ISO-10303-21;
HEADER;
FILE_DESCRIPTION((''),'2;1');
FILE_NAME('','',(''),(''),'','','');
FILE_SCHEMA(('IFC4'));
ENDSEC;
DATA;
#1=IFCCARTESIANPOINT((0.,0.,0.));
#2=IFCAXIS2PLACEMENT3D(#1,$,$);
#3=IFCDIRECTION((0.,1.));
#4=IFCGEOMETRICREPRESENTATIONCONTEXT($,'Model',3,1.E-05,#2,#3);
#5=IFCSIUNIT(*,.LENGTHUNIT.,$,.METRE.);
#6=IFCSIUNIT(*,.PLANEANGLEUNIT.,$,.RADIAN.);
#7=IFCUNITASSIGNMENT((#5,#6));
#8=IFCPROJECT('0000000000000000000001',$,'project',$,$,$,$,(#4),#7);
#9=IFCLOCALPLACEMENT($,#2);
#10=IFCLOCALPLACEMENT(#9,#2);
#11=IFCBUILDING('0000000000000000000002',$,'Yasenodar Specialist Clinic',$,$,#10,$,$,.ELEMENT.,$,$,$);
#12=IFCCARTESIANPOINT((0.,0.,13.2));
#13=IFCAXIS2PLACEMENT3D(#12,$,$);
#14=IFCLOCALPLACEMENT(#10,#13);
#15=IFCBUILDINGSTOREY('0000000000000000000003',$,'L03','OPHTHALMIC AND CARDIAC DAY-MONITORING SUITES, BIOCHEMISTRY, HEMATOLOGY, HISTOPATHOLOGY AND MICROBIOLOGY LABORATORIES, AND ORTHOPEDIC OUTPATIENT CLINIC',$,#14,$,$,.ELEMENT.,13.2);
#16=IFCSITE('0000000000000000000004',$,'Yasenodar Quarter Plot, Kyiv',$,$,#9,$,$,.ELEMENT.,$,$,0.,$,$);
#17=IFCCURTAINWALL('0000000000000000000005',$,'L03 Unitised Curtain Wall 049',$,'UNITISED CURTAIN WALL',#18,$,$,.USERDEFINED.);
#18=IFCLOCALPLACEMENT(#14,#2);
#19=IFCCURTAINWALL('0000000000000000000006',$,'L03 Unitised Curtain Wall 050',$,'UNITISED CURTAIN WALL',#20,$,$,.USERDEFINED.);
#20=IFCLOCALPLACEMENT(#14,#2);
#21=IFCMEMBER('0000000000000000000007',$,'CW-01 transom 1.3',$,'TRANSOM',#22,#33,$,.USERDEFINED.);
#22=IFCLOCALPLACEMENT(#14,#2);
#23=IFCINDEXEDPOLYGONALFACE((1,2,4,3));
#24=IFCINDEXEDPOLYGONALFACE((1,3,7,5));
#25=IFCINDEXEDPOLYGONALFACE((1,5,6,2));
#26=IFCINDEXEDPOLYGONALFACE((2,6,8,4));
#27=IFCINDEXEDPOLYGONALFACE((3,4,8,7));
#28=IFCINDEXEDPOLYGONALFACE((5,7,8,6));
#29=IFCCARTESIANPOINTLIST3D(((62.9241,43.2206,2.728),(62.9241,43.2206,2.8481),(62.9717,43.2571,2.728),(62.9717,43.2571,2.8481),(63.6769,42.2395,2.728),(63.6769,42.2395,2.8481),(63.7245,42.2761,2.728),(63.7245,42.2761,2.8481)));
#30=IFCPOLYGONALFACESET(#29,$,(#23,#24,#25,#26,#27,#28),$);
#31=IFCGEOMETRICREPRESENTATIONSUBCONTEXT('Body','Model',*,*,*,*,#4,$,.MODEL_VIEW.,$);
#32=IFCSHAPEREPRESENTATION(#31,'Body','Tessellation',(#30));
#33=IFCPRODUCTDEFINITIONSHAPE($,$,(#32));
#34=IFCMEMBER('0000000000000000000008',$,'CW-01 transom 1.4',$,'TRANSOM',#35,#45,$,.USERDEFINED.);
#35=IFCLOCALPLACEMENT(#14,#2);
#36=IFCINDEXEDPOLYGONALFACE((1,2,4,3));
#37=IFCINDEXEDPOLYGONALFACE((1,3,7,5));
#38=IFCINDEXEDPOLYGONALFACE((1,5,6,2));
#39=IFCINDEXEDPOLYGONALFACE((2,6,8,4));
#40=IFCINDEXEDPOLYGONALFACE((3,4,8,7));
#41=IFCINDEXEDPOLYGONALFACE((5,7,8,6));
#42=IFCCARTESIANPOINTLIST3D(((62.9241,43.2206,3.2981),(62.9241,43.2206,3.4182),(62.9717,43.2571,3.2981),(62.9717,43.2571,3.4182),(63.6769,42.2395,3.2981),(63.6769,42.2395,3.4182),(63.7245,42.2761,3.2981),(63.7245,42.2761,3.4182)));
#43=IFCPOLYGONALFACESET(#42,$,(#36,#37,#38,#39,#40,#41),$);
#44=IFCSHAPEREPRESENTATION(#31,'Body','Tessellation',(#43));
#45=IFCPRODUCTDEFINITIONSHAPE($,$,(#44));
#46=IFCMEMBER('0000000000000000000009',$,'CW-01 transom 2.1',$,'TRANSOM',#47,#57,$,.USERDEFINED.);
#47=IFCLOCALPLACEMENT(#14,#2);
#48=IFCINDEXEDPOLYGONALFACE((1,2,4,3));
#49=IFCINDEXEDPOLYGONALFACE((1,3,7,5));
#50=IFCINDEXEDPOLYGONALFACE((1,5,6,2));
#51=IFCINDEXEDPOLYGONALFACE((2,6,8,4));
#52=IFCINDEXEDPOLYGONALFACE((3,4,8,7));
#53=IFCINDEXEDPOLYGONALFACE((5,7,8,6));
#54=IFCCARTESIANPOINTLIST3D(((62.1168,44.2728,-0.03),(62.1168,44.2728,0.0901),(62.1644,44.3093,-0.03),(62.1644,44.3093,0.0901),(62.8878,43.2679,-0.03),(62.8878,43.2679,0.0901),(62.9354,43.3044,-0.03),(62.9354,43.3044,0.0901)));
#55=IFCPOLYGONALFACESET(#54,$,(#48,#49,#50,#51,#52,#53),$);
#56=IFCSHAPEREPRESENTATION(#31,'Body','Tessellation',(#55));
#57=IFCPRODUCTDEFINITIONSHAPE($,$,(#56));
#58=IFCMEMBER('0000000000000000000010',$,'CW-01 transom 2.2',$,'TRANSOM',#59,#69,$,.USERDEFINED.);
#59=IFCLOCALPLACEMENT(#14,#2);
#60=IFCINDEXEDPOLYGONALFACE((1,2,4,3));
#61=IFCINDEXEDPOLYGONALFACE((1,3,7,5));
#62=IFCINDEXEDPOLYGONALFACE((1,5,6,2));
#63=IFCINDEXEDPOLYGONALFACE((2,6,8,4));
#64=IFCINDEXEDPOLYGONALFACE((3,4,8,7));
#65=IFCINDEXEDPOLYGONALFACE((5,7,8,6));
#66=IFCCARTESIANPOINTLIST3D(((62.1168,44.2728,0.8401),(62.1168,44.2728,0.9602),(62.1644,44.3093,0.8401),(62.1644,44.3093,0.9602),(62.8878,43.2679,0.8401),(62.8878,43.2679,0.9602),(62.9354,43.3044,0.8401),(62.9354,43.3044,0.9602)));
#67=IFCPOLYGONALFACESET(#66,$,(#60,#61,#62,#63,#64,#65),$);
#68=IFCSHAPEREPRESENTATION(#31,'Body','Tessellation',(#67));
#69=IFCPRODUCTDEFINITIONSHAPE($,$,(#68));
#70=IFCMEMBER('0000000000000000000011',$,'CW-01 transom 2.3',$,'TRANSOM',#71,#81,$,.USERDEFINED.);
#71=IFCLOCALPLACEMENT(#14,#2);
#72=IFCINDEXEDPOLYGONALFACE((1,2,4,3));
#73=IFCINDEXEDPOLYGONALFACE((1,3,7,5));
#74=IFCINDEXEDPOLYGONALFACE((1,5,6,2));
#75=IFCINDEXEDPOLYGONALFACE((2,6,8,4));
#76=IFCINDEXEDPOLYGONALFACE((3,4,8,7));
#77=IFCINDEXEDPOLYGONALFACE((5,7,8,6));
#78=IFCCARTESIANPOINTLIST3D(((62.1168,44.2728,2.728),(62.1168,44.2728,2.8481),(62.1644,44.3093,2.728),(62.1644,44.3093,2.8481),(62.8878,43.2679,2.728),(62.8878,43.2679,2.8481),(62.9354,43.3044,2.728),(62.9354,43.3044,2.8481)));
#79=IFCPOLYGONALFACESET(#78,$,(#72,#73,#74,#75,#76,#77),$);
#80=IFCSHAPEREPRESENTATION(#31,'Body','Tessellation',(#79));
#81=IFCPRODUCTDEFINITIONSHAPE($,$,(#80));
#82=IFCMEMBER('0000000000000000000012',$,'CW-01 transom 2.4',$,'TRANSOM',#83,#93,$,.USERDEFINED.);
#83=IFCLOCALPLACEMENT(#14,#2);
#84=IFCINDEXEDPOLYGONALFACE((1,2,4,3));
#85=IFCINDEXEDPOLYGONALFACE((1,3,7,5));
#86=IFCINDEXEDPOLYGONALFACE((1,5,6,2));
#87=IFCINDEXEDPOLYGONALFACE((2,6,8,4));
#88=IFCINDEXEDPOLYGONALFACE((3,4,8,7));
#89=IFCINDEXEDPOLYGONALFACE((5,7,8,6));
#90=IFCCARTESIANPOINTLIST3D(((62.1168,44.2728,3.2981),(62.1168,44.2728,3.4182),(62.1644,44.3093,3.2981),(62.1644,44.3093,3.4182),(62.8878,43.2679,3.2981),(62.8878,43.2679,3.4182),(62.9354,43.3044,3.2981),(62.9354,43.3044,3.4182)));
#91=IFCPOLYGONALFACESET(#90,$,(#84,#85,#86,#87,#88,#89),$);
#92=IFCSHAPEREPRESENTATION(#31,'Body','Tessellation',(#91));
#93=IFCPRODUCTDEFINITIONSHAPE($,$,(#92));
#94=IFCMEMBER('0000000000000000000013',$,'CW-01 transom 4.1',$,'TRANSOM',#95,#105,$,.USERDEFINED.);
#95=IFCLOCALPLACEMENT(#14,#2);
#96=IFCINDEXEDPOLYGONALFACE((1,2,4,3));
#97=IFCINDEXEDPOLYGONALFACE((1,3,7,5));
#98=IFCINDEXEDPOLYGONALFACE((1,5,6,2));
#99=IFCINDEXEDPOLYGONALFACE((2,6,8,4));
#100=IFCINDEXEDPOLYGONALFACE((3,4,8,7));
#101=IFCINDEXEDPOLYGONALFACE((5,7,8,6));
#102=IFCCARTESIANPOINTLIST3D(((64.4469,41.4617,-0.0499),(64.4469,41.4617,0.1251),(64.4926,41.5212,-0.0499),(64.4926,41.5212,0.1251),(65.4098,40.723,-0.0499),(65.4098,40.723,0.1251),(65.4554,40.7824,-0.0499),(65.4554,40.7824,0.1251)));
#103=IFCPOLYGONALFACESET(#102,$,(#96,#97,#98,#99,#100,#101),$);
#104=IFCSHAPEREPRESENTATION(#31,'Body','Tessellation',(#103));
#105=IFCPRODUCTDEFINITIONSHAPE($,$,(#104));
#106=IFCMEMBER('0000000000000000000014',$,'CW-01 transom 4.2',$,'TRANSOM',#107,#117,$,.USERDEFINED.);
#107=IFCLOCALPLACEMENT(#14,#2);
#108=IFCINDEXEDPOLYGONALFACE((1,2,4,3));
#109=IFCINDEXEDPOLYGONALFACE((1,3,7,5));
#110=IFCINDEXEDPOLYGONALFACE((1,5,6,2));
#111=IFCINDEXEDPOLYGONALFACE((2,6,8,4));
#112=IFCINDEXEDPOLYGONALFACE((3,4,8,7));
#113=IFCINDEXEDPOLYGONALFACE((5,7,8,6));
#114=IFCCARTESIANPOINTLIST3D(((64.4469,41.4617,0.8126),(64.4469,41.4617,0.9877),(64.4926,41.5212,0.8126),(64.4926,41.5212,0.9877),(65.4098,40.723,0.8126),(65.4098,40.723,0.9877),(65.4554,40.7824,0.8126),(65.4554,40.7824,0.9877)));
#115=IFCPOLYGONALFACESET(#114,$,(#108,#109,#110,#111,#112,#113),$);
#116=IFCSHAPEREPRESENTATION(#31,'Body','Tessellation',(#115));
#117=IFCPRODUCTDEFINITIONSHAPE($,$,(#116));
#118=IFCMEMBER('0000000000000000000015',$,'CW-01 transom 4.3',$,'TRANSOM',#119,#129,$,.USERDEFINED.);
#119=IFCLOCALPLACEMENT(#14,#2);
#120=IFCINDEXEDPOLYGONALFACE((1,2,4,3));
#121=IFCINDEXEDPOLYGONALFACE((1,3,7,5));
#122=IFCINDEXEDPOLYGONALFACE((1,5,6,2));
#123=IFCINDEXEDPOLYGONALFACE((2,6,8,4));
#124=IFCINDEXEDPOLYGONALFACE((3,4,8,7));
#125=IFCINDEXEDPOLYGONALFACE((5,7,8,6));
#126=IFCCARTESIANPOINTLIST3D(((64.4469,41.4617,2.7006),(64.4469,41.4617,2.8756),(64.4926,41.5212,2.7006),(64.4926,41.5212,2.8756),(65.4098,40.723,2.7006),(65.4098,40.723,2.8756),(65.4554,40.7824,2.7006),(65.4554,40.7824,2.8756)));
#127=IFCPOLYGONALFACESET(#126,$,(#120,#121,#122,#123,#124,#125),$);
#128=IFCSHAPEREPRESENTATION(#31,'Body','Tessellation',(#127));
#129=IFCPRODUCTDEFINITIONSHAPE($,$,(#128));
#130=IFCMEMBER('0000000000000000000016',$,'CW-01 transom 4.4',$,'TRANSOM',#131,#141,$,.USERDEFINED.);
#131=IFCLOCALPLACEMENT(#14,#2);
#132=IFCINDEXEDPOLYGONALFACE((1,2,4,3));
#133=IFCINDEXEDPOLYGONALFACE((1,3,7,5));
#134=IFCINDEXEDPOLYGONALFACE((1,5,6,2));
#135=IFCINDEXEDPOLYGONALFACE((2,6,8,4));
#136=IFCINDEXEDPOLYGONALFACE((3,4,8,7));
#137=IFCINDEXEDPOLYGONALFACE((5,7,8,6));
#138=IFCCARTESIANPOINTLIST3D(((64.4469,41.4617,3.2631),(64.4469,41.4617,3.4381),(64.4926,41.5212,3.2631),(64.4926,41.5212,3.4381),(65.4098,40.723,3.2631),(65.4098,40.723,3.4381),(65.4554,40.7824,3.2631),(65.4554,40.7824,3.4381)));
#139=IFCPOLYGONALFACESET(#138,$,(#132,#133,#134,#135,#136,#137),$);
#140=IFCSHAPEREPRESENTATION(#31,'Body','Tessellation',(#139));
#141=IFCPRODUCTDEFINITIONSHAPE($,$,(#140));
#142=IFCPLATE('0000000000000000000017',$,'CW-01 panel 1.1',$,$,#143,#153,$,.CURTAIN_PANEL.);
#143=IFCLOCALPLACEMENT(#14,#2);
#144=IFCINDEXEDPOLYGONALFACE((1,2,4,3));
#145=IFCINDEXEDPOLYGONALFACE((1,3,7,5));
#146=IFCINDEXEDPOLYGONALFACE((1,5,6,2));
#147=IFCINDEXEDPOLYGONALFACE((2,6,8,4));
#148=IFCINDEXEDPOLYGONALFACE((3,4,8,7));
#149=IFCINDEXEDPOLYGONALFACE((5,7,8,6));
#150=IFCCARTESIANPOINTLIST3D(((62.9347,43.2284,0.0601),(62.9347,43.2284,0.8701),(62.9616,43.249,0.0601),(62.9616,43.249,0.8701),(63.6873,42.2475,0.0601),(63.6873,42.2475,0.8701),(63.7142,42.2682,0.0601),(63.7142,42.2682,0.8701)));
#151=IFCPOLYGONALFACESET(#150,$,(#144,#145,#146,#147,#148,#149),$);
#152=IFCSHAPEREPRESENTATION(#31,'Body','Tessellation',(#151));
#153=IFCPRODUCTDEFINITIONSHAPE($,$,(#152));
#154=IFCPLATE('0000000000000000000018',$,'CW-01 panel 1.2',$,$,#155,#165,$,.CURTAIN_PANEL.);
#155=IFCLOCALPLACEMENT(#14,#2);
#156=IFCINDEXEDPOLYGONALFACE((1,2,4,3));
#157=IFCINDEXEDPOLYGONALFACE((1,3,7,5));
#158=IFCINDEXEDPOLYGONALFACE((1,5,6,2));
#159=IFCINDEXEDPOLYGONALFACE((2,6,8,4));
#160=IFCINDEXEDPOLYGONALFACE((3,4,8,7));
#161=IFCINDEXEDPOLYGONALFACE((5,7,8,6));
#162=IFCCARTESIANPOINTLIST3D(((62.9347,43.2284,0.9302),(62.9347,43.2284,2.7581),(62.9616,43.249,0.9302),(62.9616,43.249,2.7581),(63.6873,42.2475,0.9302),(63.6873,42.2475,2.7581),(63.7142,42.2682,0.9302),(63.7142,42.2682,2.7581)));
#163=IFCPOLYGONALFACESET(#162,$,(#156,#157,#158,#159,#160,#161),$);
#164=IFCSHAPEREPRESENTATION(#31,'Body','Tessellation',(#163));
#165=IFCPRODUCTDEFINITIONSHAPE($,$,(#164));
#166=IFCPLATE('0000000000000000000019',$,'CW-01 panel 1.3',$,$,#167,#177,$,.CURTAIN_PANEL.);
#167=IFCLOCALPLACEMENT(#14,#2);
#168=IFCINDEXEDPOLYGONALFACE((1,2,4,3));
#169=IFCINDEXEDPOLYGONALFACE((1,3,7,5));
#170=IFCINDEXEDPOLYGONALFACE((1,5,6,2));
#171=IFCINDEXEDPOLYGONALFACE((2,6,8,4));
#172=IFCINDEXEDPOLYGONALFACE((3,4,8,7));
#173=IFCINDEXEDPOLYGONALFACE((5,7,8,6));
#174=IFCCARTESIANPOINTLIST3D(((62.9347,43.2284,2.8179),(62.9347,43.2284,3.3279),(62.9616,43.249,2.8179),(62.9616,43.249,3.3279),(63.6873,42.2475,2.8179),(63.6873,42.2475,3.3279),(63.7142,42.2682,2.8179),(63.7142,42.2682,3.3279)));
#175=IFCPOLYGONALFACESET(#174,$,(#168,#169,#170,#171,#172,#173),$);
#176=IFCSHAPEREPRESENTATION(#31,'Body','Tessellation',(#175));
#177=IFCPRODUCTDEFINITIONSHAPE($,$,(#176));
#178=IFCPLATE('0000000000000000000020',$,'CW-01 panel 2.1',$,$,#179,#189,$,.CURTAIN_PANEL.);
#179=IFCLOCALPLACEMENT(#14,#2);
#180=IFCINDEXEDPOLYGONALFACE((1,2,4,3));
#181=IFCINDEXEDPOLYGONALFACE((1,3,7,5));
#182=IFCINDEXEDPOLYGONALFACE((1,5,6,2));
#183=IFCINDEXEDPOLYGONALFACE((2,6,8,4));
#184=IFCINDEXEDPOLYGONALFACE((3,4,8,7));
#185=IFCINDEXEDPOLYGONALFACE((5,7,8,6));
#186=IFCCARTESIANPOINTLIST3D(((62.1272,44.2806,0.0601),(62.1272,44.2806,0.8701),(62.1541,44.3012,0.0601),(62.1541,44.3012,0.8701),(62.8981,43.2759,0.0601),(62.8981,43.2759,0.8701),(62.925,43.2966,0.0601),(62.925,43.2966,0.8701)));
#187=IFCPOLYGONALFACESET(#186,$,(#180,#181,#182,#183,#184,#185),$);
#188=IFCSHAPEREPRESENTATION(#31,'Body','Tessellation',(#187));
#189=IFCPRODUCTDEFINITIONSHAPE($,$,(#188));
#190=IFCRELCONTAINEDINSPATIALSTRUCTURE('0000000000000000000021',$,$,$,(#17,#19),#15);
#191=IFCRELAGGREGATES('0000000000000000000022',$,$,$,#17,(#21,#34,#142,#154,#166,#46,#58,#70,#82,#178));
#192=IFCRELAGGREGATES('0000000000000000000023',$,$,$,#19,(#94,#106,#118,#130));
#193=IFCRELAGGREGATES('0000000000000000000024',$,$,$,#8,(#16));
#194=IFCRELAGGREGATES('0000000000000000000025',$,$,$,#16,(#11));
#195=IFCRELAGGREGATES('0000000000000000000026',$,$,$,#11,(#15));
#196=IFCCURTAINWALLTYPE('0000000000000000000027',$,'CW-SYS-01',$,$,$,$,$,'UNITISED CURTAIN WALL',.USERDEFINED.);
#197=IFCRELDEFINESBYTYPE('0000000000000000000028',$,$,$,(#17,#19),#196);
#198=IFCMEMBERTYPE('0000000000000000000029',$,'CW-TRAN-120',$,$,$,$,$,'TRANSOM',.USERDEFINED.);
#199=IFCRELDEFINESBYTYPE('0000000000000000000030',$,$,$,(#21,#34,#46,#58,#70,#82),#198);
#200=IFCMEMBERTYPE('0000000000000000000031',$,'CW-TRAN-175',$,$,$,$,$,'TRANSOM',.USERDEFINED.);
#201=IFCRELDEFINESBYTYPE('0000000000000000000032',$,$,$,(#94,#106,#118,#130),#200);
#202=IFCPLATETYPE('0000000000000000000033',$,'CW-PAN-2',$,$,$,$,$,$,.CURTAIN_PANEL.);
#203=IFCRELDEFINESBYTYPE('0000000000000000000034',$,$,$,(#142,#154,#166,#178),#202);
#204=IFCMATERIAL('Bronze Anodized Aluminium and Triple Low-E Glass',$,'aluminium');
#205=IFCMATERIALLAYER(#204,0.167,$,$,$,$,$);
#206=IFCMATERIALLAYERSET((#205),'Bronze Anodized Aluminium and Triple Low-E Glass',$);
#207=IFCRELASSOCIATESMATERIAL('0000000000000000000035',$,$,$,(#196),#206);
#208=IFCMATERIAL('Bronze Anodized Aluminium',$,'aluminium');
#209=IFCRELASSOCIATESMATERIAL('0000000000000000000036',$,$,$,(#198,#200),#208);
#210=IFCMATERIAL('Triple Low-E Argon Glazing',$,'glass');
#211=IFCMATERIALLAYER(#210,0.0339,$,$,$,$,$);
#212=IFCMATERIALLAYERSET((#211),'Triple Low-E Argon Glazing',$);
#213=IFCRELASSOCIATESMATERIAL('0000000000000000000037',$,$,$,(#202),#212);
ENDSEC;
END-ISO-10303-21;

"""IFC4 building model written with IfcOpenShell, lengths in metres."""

from ifc_helpers import new_model, si_unit, direction, frame, origin, origin_2d, place, context, subcontext, project, spatial, rectangle, extrude, material, layer, layer_set, material_profile, profile_set, type_object, element, aggregate, save


model = new_model("IFC4")

# Units and contexts
model_context = context("Model", 3, precision=1e-05, world=origin(), true_north=direction((0.0, 1.0)))
body_context = subcontext(model_context, "Body", "Model", "MODEL_VIEW")
ifc_project = project(units=[si_unit("LENGTHUNIT", "METRE"), si_unit("PLANEANGLEUNIT", "RADIAN")], contexts=[model_context])

# Site, building, storey
site_placement = place(None, origin())
site = spatial("IfcSite", under=ifc_project, at=site_placement, Name="Yasenodar Quarter Plot, Kyiv", CompositionType="ELEMENT", RefElevation=0.0)
building_placement = place(site_placement, origin())
building = spatial("IfcBuilding", under=site, at=building_placement, Name="Yasenodar Specialist Clinic", CompositionType="ELEMENT")
storey_placement = place(building_placement, frame((0.0, 0.0, 13.2)))
storey = spatial("IfcBuildingStorey", under=building, at=storey_placement, Name="L03", Description="OPHTHALMIC AND CARDIAC DAY-MONITORING SUITES, BIOCHEMISTRY, HEMATOLOGY, HISTOPATHOLOGY AND MICROBIOLOGY LABORATORIES, AND ORTHOPEDIC OUTPATIENT CLINIC", CompositionType="ELEMENT", Elevation=13.2)

# Curtain walls
ifc_material_1 = material(Name="Bronze Anodized Aluminium and Triple Low-E Glass", Category="aluminium")
ifc_layer_1 = layer(ifc_material_1, 0.167)
ifc_layer_set_1 = layer_set([ifc_layer_1], Name="Bronze Anodized Aluminium and Triple Low-E Glass")
curtain_wall_type = type_object("IfcCurtainWallType", Name="CW-SYS-01", ElementType="UNITISED CURTAIN WALL", PredefinedType="USERDEFINED", material=ifc_layer_set_1)
curtain_wall_1_placement = place(storey_placement, origin())
curtain_wall_1 = element("IfcCurtainWall", 1, at=curtain_wall_1_placement, inside=storey, type_object=curtain_wall_type, Name="L03 Unitised Curtain Wall 049", ObjectType="UNITISED CURTAIN WALL", PredefinedType="USERDEFINED")
ifc_material_2 = material(Name="Bronze Anodized Aluminium", Category="aluminium")
curtain_wall_2_placement = place(storey_placement, origin())
curtain_wall_2 = element("IfcCurtainWall", 2, at=curtain_wall_2_placement, inside=storey, type_object=curtain_wall_type, Name="L03 Unitised Curtain Wall 050", ObjectType="UNITISED CURTAIN WALL", PredefinedType="USERDEFINED")

# Members
ifc_material_profile_1 = material_profile(ifc_material_2, rectangle(XDim=0.0601, YDim=0.1201, at=origin_2d()), Name="CW-TRAN 60x120")
ifc_profile_set_1 = profile_set([ifc_material_profile_1], Name="Bronze Anodized Aluminium")
member_type_1 = type_object("IfcMemberType", Name="CW-TRAN-120", ElementType="TRANSOM", PredefinedType="USERDEFINED", material=ifc_profile_set_1)
member_1_placement = place(storey_placement, frame((63.7007, 42.2578, 2.7881), z_axis=(-0.608747, 0.793365, 0.0), x_axis=(-0.793365, -0.608747, 0.0)))
member_1 = element("IfcMember", 3, at=member_1_placement, type_object=member_type_1, Name="CW-01 transom 1.3", ObjectType="TRANSOM", PredefinedType="USERDEFINED", context=body_context, shape_type="SweptSolid", body=[
    extrude(rectangle(XDim=0.0601, YDim=0.1201, at=origin_2d()), origin(), (0.0, 0.0, 1.0), 1.2366),
])
member_2_placement = place(storey_placement, frame((63.7007, 42.2578, 3.3582), z_axis=(-0.608747, 0.793365, 0.0), x_axis=(-0.793365, -0.608747, 0.0)))
member_2 = element("IfcMember", 4, at=member_2_placement, type_object=member_type_1, Name="CW-01 transom 1.4", ObjectType="TRANSOM", PredefinedType="USERDEFINED", context=body_context, shape_type="SweptSolid", body=[
    extrude(rectangle(XDim=0.0601, YDim=0.1201, at=origin_2d()), origin(), (0.0, 0.0, 1.0), 1.2366),
])
member_3_placement = place(storey_placement, frame((62.9116, 43.2861, 0.03), z_axis=(-0.608723, 0.793383, 0.0), x_axis=(-0.793383, -0.608723, 0.0)))
member_3 = element("IfcMember", 5, at=member_3_placement, type_object=member_type_1, Name="CW-01 transom 2.1", ObjectType="TRANSOM", PredefinedType="USERDEFINED", context=body_context, shape_type="SweptSolid", body=[
    extrude(rectangle(XDim=0.0601, YDim=0.1201, at=origin_2d()), origin(), (0.0, 0.0, 1.0), 1.2666),
])
member_4_placement = place(storey_placement, frame((62.9116, 43.2861, 0.9001), z_axis=(-0.608723, 0.793383, 0.0), x_axis=(-0.793383, -0.608723, 0.0)))
member_4 = element("IfcMember", 6, at=member_4_placement, type_object=member_type_1, Name="CW-01 transom 2.2", ObjectType="TRANSOM", PredefinedType="USERDEFINED", context=body_context, shape_type="SweptSolid", body=[
    extrude(rectangle(XDim=0.0601, YDim=0.1201, at=origin_2d()), origin(), (0.0, 0.0, 1.0), 1.2666),
])
member_5_placement = place(storey_placement, frame((62.9116, 43.2861, 2.7881), z_axis=(-0.608723, 0.793383, 0.0), x_axis=(-0.793383, -0.608723, 0.0)))
member_5 = element("IfcMember", 7, at=member_5_placement, type_object=member_type_1, Name="CW-01 transom 2.3", ObjectType="TRANSOM", PredefinedType="USERDEFINED", context=body_context, shape_type="SweptSolid", body=[
    extrude(rectangle(XDim=0.0601, YDim=0.1201, at=origin_2d()), origin(), (0.0, 0.0, 1.0), 1.2666),
])
member_6_placement = place(storey_placement, frame((62.9116, 43.2861, 3.3582), z_axis=(-0.608723, 0.793383, 0.0), x_axis=(-0.793383, -0.608723, 0.0)))
member_6 = element("IfcMember", 8, at=member_6_placement, type_object=member_type_1, Name="CW-01 transom 2.4", ObjectType="TRANSOM", PredefinedType="USERDEFINED", context=body_context, shape_type="SweptSolid", body=[
    extrude(rectangle(XDim=0.0601, YDim=0.1201, at=origin_2d()), origin(), (0.0, 0.0, 1.0), 1.2666),
])
ifc_material_profile_2 = material_profile(ifc_material_2, rectangle(XDim=0.075, YDim=0.175, at=origin_2d()), Name="CW-TRAN 75x175")
ifc_profile_set_2 = profile_set([ifc_material_profile_2], Name="Bronze Anodized Aluminium")
member_type_2 = type_object("IfcMemberType", Name="CW-TRAN-175", ElementType="TRANSOM", PredefinedType="USERDEFINED", material=ifc_profile_set_2)
member_7_placement = place(storey_placement, frame((65.4326, 40.7527, 0.0376), z_axis=(-0.793386, 0.608719, 0.0), x_axis=(-0.608719, -0.793386, 0.0)))
member_7 = element("IfcMember", 9, at=member_7_placement, type_object=member_type_2, Name="CW-01 transom 4.1", ObjectType="TRANSOM", PredefinedType="USERDEFINED", context=body_context, shape_type="SweptSolid", body=[
    extrude(rectangle(XDim=0.075, YDim=0.175, at=origin_2d()), origin(), (0.0, 0.0, 1.0), 1.2136),
])
member_8_placement = place(storey_placement, frame((65.4326, 40.7527, 0.9001), z_axis=(-0.793386, 0.608719, 0.0), x_axis=(-0.608719, -0.793386, 0.0)))
member_8 = element("IfcMember", 10, at=member_8_placement, type_object=member_type_2, Name="CW-01 transom 4.2", ObjectType="TRANSOM", PredefinedType="USERDEFINED", context=body_context, shape_type="SweptSolid", body=[
    extrude(rectangle(XDim=0.075, YDim=0.175, at=origin_2d()), origin(), (0.0, 0.0, 1.0), 1.2136),
])
member_9_placement = place(storey_placement, frame((65.4326, 40.7527, 2.7881), z_axis=(-0.793386, 0.608719, 0.0), x_axis=(-0.608719, -0.793386, 0.0)))
member_9 = element("IfcMember", 11, at=member_9_placement, type_object=member_type_2, Name="CW-01 transom 4.3", ObjectType="TRANSOM", PredefinedType="USERDEFINED", context=body_context, shape_type="SweptSolid", body=[
    extrude(rectangle(XDim=0.075, YDim=0.175, at=origin_2d()), origin(), (0.0, 0.0, 1.0), 1.2136),
])
member_10_placement = place(storey_placement, frame((65.4326, 40.7527, 3.3506), z_axis=(-0.793386, 0.608719, 0.0), x_axis=(-0.608719, -0.793386, 0.0)))
member_10 = element("IfcMember", 12, at=member_10_placement, type_object=member_type_2, Name="CW-01 transom 4.4", ObjectType="TRANSOM", PredefinedType="USERDEFINED", context=body_context, shape_type="SweptSolid", body=[
    extrude(rectangle(XDim=0.075, YDim=0.175, at=origin_2d()), origin(), (0.0, 0.0, 1.0), 1.2136),
])

# Plates
ifc_material_3 = material(Name="Triple Low-E Argon Glazing", Category="glass")
ifc_layer_2 = layer(ifc_material_3, 0.0339)
ifc_layer_set_2 = layer_set([ifc_layer_2], Name="Triple Low-E Argon Glazing")
plate_type_1 = type_object("IfcPlateType", Name="CW-PAN-2", PredefinedType="CURTAIN_PANEL", material=ifc_layer_set_2)
plate_1_placement = place(storey_placement, frame((63.3245, 42.7483, 0.0601), z_axis=(0.0, 0.0, 1.0), x_axis=(-0.608752, 0.793361, 0.0)))
plate_1 = element("IfcPlate", 13, at=plate_1_placement, type_object=plate_type_1, Name="CW-01 panel 1.1", PredefinedType="CURTAIN_PANEL", context=body_context, shape_type="SweptSolid", body=[
    extrude(rectangle(XDim=1.2363, YDim=0.0339, at=origin_2d()), origin(), (0.0, 0.0, 1.0), 0.8101),
])
plate_2_placement = place(storey_placement, frame((63.3245, 42.7483, 0.9302), z_axis=(0.0, 0.0, 1.0), x_axis=(-0.608752, 0.793361, 0.0)))
plate_2 = element("IfcPlate", 14, at=plate_2_placement, type_object=plate_type_1, Name="CW-01 panel 1.2", PredefinedType="CURTAIN_PANEL", context=body_context, shape_type="SweptSolid", body=[
    extrude(rectangle(XDim=1.2363, YDim=0.0339, at=origin_2d()), origin(), (0.0, 0.0, 1.0), 1.8279),
])
plate_3_placement = place(storey_placement, frame((63.3245, 42.7483, 2.8179), z_axis=(0.0, 0.0, 1.0), x_axis=(-0.608752, 0.793361, 0.0)))
plate_3 = element("IfcPlate", 15, at=plate_3_placement, type_object=plate_type_1, Name="CW-01 panel 1.3", PredefinedType="CURTAIN_PANEL", context=body_context, shape_type="SweptSolid", body=[
    extrude(rectangle(XDim=1.2363, YDim=0.0339, at=origin_2d()), origin(), (0.0, 0.0, 1.0), 0.51),
])
plate_4_placement = place(storey_placement, frame((62.5261, 43.7886, 0.0601), z_axis=(0.0, 0.0, 1.0), x_axis=(-0.608752, 0.793361, 0.0)))
plate_4 = element("IfcPlate", 16, at=plate_4_placement, type_object=plate_type_1, Name="CW-01 panel 2.1", PredefinedType="CURTAIN_PANEL", context=body_context, shape_type="SweptSolid", body=[
    extrude(rectangle(XDim=1.2664, YDim=0.0339, at=origin_2d()), origin(), (0.0, 0.0, 1.0), 0.8101),
])
aggregate(curtain_wall_1, [member_1, member_2, plate_1, plate_2, plate_3, member_3, member_4, member_5, member_6, plate_4])
aggregate(curtain_wall_2, [member_7, member_8, member_9, member_10])

save(model, "model.ifc")
